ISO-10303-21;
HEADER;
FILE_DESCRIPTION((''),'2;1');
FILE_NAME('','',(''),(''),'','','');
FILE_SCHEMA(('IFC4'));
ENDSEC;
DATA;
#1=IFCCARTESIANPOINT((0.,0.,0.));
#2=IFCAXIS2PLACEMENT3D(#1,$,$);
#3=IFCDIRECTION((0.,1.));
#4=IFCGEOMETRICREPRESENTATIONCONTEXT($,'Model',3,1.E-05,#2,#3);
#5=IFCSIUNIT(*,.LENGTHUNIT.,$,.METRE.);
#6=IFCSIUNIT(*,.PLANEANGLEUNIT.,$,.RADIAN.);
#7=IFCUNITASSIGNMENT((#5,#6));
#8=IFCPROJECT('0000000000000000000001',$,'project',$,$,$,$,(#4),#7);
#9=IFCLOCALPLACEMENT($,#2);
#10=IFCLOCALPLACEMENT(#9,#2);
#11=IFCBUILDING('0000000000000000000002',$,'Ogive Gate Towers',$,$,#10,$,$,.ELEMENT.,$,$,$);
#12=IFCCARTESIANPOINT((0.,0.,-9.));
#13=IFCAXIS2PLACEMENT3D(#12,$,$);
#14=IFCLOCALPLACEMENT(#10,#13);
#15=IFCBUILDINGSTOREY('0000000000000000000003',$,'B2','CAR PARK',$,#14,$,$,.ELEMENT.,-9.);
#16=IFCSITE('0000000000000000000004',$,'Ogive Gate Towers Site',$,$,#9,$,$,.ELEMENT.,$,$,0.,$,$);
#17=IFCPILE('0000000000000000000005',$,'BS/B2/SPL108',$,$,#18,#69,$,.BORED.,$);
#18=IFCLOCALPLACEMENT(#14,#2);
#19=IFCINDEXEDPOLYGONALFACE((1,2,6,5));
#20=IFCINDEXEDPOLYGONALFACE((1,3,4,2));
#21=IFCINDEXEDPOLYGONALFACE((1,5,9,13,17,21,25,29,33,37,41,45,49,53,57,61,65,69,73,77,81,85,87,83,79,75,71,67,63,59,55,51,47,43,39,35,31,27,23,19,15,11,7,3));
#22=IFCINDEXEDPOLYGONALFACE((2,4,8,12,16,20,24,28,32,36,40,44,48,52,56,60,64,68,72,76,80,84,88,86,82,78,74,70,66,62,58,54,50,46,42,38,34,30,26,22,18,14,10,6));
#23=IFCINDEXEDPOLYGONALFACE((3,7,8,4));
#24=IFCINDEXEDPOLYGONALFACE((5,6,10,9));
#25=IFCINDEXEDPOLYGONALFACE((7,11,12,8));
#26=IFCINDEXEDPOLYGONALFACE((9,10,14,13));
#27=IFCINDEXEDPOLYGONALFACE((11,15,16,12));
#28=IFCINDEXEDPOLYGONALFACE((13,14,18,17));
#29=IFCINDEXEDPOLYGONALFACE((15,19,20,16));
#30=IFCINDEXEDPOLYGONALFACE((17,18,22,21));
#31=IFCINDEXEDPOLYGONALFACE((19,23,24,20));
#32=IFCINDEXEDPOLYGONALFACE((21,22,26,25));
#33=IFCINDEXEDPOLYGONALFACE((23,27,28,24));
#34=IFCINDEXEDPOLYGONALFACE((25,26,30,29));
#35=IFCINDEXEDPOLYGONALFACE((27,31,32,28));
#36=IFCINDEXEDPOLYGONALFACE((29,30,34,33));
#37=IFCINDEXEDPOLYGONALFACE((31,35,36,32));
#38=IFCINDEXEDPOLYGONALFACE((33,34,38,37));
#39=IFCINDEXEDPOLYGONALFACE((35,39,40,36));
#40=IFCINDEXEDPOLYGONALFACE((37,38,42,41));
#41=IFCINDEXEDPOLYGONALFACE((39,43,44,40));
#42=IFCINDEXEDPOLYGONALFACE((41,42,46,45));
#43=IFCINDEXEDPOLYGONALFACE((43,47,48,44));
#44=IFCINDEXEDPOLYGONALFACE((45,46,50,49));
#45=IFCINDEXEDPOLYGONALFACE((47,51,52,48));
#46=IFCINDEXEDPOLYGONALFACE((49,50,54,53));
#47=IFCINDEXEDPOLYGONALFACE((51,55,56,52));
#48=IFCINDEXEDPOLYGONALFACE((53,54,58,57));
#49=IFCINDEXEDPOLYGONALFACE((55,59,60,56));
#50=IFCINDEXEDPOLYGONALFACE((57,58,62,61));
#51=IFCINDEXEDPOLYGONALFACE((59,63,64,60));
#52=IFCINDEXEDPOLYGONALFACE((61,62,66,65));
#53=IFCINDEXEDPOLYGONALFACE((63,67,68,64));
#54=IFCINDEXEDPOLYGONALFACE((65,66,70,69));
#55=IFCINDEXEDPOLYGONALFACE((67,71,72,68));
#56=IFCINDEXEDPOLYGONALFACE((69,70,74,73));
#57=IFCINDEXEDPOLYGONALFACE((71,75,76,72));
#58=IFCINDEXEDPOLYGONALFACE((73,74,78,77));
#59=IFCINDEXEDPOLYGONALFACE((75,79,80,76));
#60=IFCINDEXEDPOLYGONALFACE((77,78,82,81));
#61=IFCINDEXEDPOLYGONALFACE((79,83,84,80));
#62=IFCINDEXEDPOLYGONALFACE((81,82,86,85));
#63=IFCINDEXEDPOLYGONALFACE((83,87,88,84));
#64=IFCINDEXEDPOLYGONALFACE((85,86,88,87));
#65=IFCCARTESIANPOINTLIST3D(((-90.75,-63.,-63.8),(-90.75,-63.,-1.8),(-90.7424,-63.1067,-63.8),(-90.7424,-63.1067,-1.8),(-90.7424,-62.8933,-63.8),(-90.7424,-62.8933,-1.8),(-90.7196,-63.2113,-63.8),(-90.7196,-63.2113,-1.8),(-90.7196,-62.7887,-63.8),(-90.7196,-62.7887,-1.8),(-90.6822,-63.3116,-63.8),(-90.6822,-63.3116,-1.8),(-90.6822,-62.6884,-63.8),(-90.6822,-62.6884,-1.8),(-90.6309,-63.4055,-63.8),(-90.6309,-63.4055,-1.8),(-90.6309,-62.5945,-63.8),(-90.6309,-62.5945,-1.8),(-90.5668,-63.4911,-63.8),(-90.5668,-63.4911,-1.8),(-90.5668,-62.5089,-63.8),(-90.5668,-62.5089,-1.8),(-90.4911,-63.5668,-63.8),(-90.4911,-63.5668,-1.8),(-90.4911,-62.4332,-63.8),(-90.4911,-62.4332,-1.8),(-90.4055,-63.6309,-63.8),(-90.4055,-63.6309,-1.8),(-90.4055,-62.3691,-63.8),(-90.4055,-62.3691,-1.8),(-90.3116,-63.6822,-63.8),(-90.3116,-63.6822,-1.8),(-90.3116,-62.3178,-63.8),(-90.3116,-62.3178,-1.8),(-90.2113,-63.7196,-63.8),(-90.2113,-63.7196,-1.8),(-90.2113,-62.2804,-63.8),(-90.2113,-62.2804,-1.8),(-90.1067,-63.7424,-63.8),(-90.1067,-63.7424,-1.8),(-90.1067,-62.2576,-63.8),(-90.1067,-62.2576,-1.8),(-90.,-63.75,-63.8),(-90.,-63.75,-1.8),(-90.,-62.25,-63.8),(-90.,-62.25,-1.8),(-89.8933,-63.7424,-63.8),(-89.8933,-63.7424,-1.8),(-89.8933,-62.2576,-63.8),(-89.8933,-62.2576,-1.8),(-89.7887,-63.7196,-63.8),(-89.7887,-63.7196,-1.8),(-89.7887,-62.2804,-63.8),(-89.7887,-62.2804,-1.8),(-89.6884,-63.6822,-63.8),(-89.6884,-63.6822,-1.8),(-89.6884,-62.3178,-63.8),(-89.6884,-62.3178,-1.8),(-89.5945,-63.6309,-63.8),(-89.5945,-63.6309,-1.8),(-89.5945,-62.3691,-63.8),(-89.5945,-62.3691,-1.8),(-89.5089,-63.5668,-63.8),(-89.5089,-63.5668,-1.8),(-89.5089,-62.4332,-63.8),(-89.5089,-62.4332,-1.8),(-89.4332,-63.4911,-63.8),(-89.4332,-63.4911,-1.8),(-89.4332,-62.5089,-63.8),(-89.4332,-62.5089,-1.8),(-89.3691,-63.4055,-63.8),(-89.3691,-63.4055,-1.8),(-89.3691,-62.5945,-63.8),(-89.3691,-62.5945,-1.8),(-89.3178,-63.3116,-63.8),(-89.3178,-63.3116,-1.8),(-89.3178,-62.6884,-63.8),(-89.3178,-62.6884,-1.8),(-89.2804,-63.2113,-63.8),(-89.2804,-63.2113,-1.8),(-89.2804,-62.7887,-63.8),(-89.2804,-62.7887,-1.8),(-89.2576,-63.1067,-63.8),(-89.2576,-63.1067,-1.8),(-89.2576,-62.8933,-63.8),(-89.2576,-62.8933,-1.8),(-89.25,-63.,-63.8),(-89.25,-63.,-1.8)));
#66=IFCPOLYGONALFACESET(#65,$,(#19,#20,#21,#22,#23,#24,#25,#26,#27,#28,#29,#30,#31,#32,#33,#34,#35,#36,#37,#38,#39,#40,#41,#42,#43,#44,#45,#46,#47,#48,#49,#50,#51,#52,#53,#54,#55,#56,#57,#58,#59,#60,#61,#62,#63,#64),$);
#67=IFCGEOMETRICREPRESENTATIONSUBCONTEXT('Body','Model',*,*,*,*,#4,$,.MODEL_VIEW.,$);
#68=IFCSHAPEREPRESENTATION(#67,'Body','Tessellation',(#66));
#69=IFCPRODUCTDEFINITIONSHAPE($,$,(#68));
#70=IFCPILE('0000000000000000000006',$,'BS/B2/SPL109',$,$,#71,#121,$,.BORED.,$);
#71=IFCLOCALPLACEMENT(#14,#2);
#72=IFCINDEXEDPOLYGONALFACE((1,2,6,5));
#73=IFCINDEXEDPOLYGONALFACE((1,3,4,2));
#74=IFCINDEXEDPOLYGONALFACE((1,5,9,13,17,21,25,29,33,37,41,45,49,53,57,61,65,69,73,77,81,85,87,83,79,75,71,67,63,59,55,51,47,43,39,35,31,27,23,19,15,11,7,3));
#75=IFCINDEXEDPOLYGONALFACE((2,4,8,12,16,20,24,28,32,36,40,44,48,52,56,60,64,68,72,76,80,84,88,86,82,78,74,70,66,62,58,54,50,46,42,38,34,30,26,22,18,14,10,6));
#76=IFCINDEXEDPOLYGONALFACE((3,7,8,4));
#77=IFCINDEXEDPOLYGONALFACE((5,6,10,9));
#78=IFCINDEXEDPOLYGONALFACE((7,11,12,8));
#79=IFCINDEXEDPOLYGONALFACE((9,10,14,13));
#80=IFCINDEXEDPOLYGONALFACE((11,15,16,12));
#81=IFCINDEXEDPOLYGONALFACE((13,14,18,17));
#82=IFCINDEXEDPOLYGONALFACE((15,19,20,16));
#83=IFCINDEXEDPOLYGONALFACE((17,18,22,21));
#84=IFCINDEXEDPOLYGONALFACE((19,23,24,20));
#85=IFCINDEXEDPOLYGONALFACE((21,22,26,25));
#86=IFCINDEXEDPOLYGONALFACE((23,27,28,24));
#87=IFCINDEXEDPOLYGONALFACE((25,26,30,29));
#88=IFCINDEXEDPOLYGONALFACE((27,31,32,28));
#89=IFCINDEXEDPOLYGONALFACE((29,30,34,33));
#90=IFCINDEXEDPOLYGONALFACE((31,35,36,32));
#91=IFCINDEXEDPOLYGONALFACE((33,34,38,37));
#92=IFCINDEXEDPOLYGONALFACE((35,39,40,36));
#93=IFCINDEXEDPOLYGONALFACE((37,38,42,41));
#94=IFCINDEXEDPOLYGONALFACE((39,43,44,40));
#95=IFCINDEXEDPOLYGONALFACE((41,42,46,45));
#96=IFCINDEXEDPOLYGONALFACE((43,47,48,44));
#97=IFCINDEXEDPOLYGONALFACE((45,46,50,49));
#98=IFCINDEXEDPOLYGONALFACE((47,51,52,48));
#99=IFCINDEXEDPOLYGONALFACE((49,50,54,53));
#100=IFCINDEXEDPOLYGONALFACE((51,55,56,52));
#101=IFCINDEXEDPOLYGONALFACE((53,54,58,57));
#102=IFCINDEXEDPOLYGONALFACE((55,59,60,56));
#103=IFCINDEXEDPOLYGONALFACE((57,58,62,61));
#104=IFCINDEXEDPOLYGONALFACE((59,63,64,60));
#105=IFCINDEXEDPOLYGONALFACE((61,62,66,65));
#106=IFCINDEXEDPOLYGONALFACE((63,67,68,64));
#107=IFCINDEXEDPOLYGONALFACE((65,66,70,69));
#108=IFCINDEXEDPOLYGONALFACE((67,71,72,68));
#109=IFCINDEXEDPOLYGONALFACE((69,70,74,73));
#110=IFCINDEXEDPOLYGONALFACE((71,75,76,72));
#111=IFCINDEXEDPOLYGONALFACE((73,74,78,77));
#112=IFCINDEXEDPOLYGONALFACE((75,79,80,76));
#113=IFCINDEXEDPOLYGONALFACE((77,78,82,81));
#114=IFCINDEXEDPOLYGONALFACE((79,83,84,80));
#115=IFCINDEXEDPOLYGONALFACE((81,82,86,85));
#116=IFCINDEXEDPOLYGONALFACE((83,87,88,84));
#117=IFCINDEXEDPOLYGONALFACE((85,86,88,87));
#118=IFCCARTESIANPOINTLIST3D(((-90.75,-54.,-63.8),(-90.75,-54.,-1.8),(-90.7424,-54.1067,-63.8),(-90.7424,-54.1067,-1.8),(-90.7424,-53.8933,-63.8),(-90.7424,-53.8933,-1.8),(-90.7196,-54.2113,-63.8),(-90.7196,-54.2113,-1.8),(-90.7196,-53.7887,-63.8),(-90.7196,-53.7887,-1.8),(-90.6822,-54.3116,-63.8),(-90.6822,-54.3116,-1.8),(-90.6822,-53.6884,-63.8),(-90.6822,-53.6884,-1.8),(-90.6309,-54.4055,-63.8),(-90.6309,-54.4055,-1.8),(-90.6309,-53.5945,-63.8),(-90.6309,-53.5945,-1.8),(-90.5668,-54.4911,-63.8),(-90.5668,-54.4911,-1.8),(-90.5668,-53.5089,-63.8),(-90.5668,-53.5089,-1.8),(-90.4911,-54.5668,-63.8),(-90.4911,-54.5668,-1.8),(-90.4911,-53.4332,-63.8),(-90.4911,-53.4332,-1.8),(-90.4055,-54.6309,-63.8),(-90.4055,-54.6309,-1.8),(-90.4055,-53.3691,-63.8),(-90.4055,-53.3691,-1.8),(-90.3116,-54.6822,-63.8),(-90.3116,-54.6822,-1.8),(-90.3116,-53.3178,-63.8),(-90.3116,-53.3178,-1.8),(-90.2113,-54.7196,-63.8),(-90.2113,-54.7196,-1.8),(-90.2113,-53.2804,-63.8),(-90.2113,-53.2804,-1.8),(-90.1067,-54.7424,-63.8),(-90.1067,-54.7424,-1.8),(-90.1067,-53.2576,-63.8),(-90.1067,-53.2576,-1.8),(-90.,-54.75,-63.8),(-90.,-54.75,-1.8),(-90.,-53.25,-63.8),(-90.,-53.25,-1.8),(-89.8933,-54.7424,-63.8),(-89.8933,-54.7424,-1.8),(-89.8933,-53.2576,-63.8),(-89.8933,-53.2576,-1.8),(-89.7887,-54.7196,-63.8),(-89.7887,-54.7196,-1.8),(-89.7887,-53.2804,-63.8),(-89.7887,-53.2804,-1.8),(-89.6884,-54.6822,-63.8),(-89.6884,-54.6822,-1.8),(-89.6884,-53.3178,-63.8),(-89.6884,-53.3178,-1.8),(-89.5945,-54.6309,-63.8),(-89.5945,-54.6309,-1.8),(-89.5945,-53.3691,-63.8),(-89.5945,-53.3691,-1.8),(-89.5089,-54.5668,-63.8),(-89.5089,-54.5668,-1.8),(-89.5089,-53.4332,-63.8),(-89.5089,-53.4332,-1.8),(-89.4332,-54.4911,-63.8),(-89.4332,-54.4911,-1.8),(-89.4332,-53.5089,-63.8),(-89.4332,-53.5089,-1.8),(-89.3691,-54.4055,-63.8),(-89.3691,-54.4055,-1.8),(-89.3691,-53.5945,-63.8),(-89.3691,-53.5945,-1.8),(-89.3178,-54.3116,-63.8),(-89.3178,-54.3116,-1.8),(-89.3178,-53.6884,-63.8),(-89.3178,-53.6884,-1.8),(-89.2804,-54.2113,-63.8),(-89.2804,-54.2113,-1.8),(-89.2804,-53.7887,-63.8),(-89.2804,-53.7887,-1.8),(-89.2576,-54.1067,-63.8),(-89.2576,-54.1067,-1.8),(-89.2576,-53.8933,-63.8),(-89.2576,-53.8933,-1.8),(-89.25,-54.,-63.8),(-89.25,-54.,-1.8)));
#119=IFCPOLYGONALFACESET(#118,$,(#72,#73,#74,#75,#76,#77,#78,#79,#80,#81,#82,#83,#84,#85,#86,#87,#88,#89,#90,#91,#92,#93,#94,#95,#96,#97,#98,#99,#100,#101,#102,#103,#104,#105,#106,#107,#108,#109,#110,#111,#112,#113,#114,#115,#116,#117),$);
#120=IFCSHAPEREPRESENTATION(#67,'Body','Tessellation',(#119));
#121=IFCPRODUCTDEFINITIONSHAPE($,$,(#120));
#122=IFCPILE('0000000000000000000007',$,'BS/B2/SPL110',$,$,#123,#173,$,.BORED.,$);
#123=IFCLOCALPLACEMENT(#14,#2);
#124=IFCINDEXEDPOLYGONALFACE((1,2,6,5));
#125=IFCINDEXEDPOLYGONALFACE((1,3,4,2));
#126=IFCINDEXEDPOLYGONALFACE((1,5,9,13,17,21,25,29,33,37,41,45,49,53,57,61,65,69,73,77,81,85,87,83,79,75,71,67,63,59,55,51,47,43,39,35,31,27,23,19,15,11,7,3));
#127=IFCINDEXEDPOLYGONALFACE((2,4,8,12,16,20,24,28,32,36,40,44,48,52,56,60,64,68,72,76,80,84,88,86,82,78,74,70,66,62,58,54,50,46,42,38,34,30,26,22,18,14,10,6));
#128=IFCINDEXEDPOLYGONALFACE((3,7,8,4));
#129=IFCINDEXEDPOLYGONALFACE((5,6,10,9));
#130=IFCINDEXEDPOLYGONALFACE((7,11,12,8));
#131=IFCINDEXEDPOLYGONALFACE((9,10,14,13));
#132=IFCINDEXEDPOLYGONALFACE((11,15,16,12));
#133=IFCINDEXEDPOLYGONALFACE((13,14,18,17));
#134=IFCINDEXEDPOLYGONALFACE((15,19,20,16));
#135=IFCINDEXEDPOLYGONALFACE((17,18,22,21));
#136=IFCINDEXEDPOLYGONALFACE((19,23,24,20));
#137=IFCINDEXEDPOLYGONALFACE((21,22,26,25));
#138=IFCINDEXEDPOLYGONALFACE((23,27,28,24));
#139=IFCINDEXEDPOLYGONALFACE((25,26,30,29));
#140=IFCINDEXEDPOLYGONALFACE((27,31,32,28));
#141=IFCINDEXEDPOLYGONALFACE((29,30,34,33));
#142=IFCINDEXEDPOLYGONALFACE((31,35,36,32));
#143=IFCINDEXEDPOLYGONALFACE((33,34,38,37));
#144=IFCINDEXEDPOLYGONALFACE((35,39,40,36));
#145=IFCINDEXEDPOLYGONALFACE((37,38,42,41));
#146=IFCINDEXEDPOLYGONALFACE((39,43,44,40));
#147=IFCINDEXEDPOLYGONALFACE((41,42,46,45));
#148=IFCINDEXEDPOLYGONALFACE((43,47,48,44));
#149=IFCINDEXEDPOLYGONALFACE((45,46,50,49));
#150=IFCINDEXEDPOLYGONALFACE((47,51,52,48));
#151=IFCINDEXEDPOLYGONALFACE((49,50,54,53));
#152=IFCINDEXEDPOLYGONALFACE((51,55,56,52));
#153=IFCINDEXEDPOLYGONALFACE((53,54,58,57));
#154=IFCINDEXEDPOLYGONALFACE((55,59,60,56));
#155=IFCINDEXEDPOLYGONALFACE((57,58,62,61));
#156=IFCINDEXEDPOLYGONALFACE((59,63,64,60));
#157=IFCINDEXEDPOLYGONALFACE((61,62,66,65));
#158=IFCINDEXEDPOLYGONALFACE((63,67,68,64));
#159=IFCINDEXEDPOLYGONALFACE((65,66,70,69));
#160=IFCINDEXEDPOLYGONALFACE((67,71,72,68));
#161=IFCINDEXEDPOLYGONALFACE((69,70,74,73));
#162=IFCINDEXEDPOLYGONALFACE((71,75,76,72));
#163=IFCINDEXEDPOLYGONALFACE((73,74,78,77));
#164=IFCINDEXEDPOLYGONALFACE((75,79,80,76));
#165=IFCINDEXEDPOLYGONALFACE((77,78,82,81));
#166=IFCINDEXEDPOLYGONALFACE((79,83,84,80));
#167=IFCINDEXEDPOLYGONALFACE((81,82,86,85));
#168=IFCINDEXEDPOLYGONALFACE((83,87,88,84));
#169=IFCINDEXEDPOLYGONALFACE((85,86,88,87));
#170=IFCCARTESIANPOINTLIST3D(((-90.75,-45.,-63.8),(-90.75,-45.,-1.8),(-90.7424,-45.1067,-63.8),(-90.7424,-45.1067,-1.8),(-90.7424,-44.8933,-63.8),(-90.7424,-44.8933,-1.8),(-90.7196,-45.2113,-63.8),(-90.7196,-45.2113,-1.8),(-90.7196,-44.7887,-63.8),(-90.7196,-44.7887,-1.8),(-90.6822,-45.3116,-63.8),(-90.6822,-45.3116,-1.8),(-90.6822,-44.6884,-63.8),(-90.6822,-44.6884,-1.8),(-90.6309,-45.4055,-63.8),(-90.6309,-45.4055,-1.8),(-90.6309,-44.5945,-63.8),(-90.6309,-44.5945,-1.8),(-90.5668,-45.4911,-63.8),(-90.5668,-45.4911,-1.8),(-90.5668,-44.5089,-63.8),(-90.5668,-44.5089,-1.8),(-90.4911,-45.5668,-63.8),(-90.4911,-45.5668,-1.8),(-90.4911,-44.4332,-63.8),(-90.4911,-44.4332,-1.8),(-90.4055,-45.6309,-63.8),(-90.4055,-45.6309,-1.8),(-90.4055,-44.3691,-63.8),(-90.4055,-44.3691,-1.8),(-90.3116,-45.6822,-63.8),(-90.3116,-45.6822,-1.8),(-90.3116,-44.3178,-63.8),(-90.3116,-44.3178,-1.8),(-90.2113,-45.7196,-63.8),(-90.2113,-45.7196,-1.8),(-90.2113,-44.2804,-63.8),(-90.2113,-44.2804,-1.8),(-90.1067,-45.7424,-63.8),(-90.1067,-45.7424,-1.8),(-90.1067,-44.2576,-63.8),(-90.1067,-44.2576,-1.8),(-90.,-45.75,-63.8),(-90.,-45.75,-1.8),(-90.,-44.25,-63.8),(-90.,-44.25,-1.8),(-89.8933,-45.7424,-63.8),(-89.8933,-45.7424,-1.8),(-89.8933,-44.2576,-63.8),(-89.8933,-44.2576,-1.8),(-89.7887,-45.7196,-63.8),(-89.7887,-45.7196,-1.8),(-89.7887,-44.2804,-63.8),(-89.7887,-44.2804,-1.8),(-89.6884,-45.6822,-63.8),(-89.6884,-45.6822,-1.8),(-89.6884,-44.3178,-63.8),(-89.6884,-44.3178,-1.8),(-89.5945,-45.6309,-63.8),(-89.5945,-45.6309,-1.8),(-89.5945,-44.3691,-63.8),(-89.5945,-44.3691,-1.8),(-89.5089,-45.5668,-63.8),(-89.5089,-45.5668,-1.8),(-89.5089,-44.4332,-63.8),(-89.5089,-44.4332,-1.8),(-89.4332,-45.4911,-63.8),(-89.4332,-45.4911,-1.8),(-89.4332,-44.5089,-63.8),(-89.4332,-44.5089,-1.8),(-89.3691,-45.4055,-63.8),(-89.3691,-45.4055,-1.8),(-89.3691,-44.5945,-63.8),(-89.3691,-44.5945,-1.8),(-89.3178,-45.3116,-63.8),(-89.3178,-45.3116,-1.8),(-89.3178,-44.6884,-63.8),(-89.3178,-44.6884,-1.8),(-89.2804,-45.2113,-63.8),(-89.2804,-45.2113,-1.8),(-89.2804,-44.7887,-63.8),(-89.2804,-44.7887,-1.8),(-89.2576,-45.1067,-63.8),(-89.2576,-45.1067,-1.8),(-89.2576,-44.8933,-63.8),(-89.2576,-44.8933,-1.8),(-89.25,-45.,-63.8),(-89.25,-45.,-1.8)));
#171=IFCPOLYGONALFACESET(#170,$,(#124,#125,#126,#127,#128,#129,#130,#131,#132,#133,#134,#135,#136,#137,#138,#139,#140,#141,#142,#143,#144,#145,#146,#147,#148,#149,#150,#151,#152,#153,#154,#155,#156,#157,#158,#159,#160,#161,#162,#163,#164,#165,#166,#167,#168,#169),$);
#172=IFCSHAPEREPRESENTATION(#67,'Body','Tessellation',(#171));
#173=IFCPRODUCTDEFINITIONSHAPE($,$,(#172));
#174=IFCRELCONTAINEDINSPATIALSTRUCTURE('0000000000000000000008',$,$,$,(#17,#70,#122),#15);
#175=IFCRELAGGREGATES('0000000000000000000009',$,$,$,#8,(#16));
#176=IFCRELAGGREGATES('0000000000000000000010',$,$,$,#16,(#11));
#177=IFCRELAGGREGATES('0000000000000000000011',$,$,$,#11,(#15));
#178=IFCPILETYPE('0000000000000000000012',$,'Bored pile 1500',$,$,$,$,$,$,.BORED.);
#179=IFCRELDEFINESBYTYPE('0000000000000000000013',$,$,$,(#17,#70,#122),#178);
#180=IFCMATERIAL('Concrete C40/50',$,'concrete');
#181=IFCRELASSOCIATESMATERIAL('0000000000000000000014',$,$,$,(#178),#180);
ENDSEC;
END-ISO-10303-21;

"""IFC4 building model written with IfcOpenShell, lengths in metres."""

from ifc_helpers import new_model, si_unit, direction, frame, origin, origin_2d, place, context, subcontext, project, spatial, circle, extrude, material, material_profile, profile_set, type_object, element, save


model = new_model("IFC4")

# Units and contexts
model_context = context("Model", 3, precision=1e-05, world=origin(), true_north=direction((0.0, 1.0)))
body_context = subcontext(model_context, "Body", "Model", "MODEL_VIEW")
ifc_project = project(units=[si_unit("LENGTHUNIT", "METRE"), si_unit("PLANEANGLEUNIT", "RADIAN")], contexts=[model_context])

# Site, building, storey
site_placement = place(None, origin())
site = spatial("IfcSite", under=ifc_project, at=site_placement, Name="Ogive Gate Towers Site", CompositionType="ELEMENT", RefElevation=0.0)
building_placement = place(site_placement, origin())
building = spatial("IfcBuilding", under=site, at=building_placement, Name="Ogive Gate Towers", CompositionType="ELEMENT")
storey_placement = place(building_placement, frame((0.0, 0.0, -9.0)))
storey = spatial("IfcBuildingStorey", under=building, at=storey_placement, Name="B2", Description="CAR PARK", CompositionType="ELEMENT", Elevation=-9.0)

# Piles
ifc_material_1 = material(Name="Concrete C40/50", Category="concrete")
ifc_material_profile_1 = material_profile(ifc_material_1, circle(Radius=0.75, at=origin_2d()), Name="BP 1500")
ifc_profile_set_1 = profile_set([ifc_material_profile_1], Name="Concrete C40/50")
pile_type = type_object("IfcPileType", Name="Bored pile 1500", PredefinedType="BORED", material=ifc_profile_set_1)
for number, where, z_axis, x_axis, name in (
    (1, (-90.0, -63.0, -1.8), (0.0, 0.0, -1.0), (1.0, 0.0, 0.0), "BS/B2/SPL108"),
    (2, (-90.0, -54.0, -1.8), (0.0, 0.0, -1.0), (1.0, 0.0, 0.0), "BS/B2/SPL109"),
    (3, (-90.0, -45.0, -1.8), (0.0, 0.0, -1.0), (1.0, 0.0, 0.0), "BS/B2/SPL110"),
):
    element("IfcPile", number, at=place(storey_placement, frame(where, z_axis=z_axis, x_axis=x_axis)), inside=storey, type_object=pile_type, Name=name, PredefinedType="BORED", context=body_context, shape_type="SweptSolid", body=[
        extrude(circle(Radius=0.75, at=origin_2d()), origin(), (0.0, 0.0, 1.0), 62.0),
    ])

save(model, "model.ifc")
